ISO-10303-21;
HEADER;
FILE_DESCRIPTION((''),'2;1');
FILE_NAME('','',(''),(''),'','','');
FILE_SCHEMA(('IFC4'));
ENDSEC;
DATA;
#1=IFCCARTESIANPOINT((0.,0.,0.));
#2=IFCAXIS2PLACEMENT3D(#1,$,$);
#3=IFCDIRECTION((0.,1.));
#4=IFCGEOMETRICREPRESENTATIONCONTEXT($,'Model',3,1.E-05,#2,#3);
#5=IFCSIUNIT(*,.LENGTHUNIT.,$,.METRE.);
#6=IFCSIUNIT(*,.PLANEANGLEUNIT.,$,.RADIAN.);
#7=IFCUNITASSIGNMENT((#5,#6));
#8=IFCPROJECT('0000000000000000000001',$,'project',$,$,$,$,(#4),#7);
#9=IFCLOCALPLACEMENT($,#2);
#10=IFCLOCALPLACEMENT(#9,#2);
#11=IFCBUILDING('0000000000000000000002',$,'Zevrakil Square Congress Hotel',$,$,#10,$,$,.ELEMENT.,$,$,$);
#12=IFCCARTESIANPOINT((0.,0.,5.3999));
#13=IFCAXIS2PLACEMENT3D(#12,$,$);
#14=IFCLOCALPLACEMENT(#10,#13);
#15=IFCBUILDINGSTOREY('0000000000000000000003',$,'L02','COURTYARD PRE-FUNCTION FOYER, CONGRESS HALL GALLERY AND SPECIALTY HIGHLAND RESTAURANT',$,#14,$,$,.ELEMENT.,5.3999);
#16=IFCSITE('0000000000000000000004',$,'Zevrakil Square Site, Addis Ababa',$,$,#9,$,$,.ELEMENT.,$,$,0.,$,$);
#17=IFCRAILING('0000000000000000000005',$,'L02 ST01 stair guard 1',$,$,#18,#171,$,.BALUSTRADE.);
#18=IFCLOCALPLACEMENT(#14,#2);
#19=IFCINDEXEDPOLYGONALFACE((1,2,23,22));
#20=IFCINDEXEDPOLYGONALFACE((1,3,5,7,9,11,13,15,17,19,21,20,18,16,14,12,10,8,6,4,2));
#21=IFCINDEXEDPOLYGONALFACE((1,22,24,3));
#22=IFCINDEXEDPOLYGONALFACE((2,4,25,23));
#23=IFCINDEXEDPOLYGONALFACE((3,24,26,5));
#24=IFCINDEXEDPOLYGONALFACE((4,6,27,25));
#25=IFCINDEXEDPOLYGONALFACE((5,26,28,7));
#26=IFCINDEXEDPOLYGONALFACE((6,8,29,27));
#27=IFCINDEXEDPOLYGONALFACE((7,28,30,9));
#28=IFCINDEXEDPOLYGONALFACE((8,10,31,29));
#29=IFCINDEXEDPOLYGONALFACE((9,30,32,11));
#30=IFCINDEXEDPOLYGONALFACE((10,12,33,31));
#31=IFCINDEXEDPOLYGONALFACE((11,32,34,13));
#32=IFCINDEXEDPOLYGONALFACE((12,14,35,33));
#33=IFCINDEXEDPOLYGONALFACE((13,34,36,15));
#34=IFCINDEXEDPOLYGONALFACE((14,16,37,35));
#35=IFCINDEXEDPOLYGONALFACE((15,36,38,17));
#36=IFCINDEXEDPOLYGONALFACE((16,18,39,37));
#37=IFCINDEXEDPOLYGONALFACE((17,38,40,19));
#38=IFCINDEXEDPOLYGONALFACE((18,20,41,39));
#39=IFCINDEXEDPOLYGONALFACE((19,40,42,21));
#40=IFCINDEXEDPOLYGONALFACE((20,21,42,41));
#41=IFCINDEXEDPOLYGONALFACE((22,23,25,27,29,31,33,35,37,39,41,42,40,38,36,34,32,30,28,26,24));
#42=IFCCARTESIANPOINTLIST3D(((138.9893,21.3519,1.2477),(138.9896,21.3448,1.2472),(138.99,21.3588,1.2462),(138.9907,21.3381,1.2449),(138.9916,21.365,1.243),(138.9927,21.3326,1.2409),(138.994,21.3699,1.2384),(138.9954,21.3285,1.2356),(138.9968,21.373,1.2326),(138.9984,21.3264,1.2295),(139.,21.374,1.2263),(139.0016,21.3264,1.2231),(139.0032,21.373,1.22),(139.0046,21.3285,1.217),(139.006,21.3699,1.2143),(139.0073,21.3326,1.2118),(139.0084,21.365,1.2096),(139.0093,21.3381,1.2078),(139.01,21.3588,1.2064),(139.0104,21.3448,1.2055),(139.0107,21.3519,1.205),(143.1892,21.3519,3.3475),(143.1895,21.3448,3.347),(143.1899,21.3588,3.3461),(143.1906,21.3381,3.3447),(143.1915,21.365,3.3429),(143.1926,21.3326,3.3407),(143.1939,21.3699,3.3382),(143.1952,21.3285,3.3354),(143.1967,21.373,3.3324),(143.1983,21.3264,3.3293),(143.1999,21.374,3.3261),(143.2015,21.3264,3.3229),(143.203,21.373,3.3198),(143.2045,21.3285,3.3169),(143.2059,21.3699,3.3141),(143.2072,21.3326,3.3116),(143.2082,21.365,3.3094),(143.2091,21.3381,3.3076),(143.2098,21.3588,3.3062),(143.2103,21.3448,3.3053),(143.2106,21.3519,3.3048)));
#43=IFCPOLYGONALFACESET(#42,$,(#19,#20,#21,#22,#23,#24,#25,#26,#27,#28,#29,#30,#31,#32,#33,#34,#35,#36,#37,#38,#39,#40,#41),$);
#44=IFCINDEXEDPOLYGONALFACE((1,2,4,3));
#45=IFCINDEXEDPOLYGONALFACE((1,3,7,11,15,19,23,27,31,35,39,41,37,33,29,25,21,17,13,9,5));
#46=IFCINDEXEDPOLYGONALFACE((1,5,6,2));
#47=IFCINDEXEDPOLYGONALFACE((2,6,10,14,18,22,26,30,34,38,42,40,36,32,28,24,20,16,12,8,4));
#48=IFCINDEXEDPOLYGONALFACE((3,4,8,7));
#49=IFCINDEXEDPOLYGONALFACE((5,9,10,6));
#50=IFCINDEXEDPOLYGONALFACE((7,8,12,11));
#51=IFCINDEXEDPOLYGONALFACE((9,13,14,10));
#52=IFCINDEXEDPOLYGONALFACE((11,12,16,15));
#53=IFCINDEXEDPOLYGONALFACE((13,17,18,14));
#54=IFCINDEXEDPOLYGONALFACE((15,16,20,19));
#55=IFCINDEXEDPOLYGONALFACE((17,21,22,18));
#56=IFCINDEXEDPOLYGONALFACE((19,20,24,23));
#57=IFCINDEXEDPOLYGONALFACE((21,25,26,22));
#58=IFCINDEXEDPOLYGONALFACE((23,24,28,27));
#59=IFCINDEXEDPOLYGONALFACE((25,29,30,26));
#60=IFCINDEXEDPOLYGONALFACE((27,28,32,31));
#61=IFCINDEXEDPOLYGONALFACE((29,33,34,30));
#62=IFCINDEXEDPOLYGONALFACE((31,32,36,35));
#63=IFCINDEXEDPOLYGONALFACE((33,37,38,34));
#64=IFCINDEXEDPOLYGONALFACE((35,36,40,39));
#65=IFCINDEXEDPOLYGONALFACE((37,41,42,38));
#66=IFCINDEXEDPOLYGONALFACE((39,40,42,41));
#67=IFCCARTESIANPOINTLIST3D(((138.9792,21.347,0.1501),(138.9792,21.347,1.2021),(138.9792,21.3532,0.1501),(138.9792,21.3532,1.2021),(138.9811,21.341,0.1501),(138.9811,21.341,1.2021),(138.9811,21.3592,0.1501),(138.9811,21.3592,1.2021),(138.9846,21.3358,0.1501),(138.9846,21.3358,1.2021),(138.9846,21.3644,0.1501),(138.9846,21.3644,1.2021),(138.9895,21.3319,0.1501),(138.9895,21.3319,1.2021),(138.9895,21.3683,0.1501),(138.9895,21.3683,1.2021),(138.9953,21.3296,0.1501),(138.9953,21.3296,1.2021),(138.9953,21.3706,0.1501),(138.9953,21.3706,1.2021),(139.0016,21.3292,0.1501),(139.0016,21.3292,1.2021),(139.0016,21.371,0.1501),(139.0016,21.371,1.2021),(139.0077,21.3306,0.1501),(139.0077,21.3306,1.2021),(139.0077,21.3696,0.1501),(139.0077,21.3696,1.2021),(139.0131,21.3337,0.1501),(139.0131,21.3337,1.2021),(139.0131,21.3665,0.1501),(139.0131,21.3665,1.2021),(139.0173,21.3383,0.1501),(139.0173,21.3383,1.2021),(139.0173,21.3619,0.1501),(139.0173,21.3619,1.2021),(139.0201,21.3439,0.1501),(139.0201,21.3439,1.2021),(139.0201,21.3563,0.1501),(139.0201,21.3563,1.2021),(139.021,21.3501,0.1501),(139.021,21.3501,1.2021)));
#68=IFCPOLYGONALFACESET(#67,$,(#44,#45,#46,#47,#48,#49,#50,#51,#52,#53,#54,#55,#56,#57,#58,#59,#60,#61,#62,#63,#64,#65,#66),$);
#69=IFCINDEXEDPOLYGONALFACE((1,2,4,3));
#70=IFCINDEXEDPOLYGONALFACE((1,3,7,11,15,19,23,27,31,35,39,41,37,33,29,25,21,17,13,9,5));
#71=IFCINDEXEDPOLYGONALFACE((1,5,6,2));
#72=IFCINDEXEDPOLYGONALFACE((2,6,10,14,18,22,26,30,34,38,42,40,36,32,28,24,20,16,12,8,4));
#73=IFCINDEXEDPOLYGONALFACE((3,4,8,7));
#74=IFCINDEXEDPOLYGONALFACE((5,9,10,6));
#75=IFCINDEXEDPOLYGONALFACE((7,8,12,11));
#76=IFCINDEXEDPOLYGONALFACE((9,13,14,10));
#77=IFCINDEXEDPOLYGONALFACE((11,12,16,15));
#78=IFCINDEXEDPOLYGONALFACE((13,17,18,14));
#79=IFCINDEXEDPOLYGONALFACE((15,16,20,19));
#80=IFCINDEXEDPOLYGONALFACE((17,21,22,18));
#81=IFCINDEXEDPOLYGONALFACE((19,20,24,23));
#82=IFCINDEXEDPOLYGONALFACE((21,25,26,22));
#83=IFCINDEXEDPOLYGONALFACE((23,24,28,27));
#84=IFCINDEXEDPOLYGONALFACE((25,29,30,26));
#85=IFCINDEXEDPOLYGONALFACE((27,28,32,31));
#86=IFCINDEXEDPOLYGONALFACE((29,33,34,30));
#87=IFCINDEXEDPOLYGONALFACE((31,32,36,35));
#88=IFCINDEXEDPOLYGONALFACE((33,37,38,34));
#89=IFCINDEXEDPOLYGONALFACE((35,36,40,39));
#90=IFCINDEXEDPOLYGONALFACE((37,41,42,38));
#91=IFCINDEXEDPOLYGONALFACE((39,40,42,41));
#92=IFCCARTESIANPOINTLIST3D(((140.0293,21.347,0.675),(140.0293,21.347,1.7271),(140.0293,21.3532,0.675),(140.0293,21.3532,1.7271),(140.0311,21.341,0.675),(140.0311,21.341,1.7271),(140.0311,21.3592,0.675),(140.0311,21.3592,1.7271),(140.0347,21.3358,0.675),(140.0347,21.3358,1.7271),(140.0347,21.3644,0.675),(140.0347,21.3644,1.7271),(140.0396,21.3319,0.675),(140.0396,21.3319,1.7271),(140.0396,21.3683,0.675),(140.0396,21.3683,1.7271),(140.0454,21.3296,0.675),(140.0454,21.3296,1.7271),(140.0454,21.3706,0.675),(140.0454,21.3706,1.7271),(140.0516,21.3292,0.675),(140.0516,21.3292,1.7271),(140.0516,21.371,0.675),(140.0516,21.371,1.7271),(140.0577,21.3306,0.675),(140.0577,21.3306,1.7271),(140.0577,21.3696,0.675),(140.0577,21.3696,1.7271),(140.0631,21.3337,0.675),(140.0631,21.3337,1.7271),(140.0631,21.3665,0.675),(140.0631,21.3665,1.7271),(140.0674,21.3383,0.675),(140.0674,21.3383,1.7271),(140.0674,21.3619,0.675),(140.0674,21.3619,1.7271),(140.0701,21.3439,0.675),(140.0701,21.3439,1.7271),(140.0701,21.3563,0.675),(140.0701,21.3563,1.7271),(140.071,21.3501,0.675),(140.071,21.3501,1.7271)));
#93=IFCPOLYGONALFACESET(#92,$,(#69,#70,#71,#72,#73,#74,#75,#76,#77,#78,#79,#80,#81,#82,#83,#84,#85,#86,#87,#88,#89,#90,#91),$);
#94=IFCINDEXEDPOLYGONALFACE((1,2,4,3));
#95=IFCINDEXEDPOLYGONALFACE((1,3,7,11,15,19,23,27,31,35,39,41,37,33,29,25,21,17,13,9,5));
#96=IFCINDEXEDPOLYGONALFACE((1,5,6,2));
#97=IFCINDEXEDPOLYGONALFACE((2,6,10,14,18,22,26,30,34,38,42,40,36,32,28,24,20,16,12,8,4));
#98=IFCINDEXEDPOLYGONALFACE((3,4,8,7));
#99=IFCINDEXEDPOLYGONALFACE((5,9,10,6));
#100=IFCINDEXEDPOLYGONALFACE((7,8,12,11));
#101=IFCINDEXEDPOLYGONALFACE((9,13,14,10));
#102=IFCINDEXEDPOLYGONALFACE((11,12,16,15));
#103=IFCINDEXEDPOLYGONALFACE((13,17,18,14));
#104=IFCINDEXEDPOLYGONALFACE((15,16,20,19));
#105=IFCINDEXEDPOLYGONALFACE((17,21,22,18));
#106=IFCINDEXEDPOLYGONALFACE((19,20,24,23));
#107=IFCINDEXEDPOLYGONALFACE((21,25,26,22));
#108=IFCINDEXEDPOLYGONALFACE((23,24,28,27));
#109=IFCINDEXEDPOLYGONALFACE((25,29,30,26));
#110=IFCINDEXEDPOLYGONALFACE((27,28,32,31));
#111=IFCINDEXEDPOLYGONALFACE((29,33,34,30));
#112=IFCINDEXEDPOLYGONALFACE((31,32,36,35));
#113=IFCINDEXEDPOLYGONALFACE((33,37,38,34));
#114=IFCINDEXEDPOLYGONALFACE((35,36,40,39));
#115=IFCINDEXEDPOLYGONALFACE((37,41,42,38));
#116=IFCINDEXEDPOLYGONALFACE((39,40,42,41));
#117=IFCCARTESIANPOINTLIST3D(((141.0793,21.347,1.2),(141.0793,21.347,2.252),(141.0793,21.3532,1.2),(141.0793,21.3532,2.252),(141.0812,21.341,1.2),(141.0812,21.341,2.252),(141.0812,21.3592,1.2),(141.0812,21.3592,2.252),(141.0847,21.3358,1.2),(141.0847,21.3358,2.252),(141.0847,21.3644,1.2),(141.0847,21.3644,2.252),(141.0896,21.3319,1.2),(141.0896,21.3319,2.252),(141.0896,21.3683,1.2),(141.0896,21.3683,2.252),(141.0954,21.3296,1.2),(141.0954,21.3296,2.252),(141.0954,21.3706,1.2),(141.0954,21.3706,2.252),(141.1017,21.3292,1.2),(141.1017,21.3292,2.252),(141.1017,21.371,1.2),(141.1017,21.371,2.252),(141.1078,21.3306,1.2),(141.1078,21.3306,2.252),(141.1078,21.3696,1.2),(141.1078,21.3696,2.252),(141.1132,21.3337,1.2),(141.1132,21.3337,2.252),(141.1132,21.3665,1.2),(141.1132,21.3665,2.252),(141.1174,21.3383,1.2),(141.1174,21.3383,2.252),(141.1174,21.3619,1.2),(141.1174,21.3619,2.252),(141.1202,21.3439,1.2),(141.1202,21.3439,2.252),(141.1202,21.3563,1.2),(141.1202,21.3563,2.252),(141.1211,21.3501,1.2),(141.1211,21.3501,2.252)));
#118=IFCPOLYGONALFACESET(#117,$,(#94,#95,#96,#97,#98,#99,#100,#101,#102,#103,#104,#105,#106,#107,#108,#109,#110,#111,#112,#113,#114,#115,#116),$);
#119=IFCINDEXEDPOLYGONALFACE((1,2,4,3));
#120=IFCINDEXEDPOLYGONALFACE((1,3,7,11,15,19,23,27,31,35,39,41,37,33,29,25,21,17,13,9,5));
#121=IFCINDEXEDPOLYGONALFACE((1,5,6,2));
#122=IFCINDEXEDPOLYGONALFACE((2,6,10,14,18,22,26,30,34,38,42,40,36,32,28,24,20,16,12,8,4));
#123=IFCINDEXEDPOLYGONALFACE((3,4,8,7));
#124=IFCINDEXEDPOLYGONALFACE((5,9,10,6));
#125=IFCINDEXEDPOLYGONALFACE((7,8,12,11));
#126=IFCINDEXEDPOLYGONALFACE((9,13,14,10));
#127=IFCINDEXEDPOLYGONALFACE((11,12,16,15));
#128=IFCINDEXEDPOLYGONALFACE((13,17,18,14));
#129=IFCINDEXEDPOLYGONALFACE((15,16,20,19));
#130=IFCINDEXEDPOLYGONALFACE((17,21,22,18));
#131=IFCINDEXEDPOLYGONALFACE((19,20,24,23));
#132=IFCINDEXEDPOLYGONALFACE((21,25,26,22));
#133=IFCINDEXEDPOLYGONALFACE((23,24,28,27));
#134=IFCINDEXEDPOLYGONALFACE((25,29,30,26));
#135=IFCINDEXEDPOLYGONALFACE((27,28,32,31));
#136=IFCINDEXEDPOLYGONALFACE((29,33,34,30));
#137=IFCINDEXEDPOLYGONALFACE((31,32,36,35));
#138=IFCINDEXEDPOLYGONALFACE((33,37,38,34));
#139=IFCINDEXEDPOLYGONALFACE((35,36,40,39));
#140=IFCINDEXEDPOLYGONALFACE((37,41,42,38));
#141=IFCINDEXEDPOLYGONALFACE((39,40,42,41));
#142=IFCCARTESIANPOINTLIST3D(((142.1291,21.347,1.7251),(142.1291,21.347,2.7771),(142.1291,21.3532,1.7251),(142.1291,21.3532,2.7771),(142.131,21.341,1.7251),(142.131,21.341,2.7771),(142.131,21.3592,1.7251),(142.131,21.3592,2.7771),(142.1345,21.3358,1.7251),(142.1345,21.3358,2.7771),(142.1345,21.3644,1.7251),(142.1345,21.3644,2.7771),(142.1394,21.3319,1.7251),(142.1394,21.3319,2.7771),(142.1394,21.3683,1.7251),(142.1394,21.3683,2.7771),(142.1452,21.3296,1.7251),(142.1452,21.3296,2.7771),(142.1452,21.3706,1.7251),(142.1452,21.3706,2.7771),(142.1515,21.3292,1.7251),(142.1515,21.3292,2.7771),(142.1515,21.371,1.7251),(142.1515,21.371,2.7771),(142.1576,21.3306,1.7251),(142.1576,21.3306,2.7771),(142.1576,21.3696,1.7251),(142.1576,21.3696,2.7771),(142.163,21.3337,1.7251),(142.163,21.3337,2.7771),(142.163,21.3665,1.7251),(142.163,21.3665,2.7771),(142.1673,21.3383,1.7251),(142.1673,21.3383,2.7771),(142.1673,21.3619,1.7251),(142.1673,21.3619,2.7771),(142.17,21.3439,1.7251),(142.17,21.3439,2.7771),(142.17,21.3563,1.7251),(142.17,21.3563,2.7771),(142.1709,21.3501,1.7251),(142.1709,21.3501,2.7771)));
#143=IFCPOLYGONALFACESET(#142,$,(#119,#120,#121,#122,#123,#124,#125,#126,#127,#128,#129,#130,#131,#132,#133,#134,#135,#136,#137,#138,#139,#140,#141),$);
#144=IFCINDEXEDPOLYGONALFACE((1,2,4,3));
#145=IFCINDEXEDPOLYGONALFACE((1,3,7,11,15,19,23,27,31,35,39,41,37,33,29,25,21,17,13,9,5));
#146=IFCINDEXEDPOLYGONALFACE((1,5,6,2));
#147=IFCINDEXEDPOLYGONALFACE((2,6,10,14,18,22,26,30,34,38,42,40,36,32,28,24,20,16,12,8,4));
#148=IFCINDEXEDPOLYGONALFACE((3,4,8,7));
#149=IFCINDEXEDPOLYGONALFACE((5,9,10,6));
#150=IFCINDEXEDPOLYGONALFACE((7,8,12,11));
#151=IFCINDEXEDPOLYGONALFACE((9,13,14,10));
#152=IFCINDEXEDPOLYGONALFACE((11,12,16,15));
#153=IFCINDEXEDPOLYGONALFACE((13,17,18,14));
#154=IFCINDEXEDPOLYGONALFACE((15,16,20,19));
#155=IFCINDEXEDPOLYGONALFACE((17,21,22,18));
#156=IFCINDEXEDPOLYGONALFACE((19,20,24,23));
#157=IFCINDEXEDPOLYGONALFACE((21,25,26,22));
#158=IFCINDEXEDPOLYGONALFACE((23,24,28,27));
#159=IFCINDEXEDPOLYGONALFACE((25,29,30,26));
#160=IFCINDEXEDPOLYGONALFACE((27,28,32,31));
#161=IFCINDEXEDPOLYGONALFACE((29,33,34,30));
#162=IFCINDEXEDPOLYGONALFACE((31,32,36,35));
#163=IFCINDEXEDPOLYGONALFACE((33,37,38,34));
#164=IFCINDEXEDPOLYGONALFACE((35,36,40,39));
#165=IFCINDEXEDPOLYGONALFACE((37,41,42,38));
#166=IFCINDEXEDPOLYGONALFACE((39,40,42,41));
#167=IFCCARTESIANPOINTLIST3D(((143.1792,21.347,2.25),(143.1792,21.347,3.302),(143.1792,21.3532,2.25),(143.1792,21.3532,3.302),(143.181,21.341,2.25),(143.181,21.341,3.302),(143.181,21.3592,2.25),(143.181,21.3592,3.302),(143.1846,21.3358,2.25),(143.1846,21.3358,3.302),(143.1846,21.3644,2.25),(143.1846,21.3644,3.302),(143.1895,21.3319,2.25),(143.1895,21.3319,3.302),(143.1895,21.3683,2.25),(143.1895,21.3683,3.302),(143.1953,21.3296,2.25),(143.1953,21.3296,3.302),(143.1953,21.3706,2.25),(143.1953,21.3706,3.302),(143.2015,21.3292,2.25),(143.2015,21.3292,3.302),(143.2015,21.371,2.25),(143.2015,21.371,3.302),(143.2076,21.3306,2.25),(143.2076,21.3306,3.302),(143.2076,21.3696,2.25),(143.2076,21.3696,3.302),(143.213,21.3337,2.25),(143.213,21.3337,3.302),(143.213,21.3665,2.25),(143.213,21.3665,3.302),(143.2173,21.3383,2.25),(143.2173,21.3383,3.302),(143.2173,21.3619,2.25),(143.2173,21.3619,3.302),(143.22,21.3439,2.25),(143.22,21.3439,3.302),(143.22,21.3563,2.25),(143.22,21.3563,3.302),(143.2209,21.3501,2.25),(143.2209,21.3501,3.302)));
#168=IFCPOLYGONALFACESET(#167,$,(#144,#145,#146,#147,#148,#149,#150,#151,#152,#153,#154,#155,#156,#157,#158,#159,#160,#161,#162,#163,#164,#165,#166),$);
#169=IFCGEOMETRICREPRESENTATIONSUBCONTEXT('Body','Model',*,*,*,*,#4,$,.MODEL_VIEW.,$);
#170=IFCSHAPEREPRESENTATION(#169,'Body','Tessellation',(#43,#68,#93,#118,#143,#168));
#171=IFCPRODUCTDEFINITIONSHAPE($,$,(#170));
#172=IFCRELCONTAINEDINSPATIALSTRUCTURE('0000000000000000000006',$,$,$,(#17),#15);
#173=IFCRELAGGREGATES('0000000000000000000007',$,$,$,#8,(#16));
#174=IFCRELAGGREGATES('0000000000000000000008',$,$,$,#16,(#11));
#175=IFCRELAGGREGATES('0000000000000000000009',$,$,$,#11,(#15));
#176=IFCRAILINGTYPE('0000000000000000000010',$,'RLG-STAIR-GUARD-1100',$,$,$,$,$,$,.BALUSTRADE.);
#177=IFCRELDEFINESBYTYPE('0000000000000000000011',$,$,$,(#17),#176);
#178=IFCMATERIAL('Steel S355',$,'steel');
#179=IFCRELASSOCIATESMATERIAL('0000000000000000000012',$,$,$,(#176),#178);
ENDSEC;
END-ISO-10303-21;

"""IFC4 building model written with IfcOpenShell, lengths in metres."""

from ifc_helpers import new_model, si_unit, direction, frame, origin, origin_2d, place, context, subcontext, project, spatial, circle, extrude, material, type_object, element, save


model = new_model("IFC4")

# Units and contexts
model_context = context("Model", 3, precision=1e-05, world=origin(), true_north=direction((0.0, 1.0)))
body_context = subcontext(model_context, "Body", "Model", "MODEL_VIEW")
ifc_project = project(units=[si_unit("LENGTHUNIT", "METRE"), si_unit("PLANEANGLEUNIT", "RADIAN")], contexts=[model_context])

# Site, building, storey
site_placement = place(None, origin())
site = spatial("IfcSite", under=ifc_project, at=site_placement, Name="Zevrakil Square Site, Addis Ababa", CompositionType="ELEMENT", RefElevation=0.0)
building_placement = place(site_placement, origin())
building = spatial("IfcBuilding", under=site, at=building_placement, Name="Zevrakil Square Congress Hotel", CompositionType="ELEMENT")
storey_placement = place(building_placement, frame((0.0, 0.0, 5.3999)))
storey = spatial("IfcBuildingStorey", under=building, at=storey_placement, Name="L02", Description="COURTYARD PRE-FUNCTION FOYER, CONGRESS HALL GALLERY AND SPECIALTY HIGHLAND RESTAURANT", CompositionType="ELEMENT", Elevation=5.3999)

# Railing
ifc_material_1 = material(Name="Steel S355", Category="steel")
railing_type_1 = type_object("IfcRailingType", Name="RLG-STAIR-GUARD-1100", PredefinedType="BALUSTRADE", material=ifc_material_1)
railing_1_placement = place(storey_placement, frame((139.0, 21.3501, 0.1501)))
element("IfcRailing", 1, at=railing_1_placement, inside=storey, type_object=railing_type_1, Name="L02 ST01 stair guard 1", PredefinedType="BALUSTRADE", context=body_context, shape_type="SweptSolid", body=[
    extrude(circle(Radius=0.0239, at=origin_2d()), frame((0.0, 0.0, 1.0762), z_axis=(0.894438, 0.0, 0.447193), x_axis=(0.0, 1.0, 0.0)), (0.0, 0.0, 1.0), 4.6956),
    extrude(circle(Radius=0.021, at=origin_2d()), origin(), (0.0, 0.0, 1.0), 1.052),
    extrude(circle(Radius=0.021, at=origin_2d()), frame((1.05, 0.0, 0.5249)), (0.0, 0.0, 1.0), 1.052),
    extrude(circle(Radius=0.021, at=origin_2d()), frame((2.1001, 0.0, 1.0498)), (0.0, 0.0, 1.0), 1.052),
    extrude(circle(Radius=0.021, at=origin_2d()), frame((3.1499, 0.0, 1.575)), (0.0, 0.0, 1.0), 1.052),
    extrude(circle(Radius=0.021, at=origin_2d()), frame((4.2, 0.0, 2.0999)), (0.0, 0.0, 1.0), 1.052),
])

save(model, "model.ifc")
